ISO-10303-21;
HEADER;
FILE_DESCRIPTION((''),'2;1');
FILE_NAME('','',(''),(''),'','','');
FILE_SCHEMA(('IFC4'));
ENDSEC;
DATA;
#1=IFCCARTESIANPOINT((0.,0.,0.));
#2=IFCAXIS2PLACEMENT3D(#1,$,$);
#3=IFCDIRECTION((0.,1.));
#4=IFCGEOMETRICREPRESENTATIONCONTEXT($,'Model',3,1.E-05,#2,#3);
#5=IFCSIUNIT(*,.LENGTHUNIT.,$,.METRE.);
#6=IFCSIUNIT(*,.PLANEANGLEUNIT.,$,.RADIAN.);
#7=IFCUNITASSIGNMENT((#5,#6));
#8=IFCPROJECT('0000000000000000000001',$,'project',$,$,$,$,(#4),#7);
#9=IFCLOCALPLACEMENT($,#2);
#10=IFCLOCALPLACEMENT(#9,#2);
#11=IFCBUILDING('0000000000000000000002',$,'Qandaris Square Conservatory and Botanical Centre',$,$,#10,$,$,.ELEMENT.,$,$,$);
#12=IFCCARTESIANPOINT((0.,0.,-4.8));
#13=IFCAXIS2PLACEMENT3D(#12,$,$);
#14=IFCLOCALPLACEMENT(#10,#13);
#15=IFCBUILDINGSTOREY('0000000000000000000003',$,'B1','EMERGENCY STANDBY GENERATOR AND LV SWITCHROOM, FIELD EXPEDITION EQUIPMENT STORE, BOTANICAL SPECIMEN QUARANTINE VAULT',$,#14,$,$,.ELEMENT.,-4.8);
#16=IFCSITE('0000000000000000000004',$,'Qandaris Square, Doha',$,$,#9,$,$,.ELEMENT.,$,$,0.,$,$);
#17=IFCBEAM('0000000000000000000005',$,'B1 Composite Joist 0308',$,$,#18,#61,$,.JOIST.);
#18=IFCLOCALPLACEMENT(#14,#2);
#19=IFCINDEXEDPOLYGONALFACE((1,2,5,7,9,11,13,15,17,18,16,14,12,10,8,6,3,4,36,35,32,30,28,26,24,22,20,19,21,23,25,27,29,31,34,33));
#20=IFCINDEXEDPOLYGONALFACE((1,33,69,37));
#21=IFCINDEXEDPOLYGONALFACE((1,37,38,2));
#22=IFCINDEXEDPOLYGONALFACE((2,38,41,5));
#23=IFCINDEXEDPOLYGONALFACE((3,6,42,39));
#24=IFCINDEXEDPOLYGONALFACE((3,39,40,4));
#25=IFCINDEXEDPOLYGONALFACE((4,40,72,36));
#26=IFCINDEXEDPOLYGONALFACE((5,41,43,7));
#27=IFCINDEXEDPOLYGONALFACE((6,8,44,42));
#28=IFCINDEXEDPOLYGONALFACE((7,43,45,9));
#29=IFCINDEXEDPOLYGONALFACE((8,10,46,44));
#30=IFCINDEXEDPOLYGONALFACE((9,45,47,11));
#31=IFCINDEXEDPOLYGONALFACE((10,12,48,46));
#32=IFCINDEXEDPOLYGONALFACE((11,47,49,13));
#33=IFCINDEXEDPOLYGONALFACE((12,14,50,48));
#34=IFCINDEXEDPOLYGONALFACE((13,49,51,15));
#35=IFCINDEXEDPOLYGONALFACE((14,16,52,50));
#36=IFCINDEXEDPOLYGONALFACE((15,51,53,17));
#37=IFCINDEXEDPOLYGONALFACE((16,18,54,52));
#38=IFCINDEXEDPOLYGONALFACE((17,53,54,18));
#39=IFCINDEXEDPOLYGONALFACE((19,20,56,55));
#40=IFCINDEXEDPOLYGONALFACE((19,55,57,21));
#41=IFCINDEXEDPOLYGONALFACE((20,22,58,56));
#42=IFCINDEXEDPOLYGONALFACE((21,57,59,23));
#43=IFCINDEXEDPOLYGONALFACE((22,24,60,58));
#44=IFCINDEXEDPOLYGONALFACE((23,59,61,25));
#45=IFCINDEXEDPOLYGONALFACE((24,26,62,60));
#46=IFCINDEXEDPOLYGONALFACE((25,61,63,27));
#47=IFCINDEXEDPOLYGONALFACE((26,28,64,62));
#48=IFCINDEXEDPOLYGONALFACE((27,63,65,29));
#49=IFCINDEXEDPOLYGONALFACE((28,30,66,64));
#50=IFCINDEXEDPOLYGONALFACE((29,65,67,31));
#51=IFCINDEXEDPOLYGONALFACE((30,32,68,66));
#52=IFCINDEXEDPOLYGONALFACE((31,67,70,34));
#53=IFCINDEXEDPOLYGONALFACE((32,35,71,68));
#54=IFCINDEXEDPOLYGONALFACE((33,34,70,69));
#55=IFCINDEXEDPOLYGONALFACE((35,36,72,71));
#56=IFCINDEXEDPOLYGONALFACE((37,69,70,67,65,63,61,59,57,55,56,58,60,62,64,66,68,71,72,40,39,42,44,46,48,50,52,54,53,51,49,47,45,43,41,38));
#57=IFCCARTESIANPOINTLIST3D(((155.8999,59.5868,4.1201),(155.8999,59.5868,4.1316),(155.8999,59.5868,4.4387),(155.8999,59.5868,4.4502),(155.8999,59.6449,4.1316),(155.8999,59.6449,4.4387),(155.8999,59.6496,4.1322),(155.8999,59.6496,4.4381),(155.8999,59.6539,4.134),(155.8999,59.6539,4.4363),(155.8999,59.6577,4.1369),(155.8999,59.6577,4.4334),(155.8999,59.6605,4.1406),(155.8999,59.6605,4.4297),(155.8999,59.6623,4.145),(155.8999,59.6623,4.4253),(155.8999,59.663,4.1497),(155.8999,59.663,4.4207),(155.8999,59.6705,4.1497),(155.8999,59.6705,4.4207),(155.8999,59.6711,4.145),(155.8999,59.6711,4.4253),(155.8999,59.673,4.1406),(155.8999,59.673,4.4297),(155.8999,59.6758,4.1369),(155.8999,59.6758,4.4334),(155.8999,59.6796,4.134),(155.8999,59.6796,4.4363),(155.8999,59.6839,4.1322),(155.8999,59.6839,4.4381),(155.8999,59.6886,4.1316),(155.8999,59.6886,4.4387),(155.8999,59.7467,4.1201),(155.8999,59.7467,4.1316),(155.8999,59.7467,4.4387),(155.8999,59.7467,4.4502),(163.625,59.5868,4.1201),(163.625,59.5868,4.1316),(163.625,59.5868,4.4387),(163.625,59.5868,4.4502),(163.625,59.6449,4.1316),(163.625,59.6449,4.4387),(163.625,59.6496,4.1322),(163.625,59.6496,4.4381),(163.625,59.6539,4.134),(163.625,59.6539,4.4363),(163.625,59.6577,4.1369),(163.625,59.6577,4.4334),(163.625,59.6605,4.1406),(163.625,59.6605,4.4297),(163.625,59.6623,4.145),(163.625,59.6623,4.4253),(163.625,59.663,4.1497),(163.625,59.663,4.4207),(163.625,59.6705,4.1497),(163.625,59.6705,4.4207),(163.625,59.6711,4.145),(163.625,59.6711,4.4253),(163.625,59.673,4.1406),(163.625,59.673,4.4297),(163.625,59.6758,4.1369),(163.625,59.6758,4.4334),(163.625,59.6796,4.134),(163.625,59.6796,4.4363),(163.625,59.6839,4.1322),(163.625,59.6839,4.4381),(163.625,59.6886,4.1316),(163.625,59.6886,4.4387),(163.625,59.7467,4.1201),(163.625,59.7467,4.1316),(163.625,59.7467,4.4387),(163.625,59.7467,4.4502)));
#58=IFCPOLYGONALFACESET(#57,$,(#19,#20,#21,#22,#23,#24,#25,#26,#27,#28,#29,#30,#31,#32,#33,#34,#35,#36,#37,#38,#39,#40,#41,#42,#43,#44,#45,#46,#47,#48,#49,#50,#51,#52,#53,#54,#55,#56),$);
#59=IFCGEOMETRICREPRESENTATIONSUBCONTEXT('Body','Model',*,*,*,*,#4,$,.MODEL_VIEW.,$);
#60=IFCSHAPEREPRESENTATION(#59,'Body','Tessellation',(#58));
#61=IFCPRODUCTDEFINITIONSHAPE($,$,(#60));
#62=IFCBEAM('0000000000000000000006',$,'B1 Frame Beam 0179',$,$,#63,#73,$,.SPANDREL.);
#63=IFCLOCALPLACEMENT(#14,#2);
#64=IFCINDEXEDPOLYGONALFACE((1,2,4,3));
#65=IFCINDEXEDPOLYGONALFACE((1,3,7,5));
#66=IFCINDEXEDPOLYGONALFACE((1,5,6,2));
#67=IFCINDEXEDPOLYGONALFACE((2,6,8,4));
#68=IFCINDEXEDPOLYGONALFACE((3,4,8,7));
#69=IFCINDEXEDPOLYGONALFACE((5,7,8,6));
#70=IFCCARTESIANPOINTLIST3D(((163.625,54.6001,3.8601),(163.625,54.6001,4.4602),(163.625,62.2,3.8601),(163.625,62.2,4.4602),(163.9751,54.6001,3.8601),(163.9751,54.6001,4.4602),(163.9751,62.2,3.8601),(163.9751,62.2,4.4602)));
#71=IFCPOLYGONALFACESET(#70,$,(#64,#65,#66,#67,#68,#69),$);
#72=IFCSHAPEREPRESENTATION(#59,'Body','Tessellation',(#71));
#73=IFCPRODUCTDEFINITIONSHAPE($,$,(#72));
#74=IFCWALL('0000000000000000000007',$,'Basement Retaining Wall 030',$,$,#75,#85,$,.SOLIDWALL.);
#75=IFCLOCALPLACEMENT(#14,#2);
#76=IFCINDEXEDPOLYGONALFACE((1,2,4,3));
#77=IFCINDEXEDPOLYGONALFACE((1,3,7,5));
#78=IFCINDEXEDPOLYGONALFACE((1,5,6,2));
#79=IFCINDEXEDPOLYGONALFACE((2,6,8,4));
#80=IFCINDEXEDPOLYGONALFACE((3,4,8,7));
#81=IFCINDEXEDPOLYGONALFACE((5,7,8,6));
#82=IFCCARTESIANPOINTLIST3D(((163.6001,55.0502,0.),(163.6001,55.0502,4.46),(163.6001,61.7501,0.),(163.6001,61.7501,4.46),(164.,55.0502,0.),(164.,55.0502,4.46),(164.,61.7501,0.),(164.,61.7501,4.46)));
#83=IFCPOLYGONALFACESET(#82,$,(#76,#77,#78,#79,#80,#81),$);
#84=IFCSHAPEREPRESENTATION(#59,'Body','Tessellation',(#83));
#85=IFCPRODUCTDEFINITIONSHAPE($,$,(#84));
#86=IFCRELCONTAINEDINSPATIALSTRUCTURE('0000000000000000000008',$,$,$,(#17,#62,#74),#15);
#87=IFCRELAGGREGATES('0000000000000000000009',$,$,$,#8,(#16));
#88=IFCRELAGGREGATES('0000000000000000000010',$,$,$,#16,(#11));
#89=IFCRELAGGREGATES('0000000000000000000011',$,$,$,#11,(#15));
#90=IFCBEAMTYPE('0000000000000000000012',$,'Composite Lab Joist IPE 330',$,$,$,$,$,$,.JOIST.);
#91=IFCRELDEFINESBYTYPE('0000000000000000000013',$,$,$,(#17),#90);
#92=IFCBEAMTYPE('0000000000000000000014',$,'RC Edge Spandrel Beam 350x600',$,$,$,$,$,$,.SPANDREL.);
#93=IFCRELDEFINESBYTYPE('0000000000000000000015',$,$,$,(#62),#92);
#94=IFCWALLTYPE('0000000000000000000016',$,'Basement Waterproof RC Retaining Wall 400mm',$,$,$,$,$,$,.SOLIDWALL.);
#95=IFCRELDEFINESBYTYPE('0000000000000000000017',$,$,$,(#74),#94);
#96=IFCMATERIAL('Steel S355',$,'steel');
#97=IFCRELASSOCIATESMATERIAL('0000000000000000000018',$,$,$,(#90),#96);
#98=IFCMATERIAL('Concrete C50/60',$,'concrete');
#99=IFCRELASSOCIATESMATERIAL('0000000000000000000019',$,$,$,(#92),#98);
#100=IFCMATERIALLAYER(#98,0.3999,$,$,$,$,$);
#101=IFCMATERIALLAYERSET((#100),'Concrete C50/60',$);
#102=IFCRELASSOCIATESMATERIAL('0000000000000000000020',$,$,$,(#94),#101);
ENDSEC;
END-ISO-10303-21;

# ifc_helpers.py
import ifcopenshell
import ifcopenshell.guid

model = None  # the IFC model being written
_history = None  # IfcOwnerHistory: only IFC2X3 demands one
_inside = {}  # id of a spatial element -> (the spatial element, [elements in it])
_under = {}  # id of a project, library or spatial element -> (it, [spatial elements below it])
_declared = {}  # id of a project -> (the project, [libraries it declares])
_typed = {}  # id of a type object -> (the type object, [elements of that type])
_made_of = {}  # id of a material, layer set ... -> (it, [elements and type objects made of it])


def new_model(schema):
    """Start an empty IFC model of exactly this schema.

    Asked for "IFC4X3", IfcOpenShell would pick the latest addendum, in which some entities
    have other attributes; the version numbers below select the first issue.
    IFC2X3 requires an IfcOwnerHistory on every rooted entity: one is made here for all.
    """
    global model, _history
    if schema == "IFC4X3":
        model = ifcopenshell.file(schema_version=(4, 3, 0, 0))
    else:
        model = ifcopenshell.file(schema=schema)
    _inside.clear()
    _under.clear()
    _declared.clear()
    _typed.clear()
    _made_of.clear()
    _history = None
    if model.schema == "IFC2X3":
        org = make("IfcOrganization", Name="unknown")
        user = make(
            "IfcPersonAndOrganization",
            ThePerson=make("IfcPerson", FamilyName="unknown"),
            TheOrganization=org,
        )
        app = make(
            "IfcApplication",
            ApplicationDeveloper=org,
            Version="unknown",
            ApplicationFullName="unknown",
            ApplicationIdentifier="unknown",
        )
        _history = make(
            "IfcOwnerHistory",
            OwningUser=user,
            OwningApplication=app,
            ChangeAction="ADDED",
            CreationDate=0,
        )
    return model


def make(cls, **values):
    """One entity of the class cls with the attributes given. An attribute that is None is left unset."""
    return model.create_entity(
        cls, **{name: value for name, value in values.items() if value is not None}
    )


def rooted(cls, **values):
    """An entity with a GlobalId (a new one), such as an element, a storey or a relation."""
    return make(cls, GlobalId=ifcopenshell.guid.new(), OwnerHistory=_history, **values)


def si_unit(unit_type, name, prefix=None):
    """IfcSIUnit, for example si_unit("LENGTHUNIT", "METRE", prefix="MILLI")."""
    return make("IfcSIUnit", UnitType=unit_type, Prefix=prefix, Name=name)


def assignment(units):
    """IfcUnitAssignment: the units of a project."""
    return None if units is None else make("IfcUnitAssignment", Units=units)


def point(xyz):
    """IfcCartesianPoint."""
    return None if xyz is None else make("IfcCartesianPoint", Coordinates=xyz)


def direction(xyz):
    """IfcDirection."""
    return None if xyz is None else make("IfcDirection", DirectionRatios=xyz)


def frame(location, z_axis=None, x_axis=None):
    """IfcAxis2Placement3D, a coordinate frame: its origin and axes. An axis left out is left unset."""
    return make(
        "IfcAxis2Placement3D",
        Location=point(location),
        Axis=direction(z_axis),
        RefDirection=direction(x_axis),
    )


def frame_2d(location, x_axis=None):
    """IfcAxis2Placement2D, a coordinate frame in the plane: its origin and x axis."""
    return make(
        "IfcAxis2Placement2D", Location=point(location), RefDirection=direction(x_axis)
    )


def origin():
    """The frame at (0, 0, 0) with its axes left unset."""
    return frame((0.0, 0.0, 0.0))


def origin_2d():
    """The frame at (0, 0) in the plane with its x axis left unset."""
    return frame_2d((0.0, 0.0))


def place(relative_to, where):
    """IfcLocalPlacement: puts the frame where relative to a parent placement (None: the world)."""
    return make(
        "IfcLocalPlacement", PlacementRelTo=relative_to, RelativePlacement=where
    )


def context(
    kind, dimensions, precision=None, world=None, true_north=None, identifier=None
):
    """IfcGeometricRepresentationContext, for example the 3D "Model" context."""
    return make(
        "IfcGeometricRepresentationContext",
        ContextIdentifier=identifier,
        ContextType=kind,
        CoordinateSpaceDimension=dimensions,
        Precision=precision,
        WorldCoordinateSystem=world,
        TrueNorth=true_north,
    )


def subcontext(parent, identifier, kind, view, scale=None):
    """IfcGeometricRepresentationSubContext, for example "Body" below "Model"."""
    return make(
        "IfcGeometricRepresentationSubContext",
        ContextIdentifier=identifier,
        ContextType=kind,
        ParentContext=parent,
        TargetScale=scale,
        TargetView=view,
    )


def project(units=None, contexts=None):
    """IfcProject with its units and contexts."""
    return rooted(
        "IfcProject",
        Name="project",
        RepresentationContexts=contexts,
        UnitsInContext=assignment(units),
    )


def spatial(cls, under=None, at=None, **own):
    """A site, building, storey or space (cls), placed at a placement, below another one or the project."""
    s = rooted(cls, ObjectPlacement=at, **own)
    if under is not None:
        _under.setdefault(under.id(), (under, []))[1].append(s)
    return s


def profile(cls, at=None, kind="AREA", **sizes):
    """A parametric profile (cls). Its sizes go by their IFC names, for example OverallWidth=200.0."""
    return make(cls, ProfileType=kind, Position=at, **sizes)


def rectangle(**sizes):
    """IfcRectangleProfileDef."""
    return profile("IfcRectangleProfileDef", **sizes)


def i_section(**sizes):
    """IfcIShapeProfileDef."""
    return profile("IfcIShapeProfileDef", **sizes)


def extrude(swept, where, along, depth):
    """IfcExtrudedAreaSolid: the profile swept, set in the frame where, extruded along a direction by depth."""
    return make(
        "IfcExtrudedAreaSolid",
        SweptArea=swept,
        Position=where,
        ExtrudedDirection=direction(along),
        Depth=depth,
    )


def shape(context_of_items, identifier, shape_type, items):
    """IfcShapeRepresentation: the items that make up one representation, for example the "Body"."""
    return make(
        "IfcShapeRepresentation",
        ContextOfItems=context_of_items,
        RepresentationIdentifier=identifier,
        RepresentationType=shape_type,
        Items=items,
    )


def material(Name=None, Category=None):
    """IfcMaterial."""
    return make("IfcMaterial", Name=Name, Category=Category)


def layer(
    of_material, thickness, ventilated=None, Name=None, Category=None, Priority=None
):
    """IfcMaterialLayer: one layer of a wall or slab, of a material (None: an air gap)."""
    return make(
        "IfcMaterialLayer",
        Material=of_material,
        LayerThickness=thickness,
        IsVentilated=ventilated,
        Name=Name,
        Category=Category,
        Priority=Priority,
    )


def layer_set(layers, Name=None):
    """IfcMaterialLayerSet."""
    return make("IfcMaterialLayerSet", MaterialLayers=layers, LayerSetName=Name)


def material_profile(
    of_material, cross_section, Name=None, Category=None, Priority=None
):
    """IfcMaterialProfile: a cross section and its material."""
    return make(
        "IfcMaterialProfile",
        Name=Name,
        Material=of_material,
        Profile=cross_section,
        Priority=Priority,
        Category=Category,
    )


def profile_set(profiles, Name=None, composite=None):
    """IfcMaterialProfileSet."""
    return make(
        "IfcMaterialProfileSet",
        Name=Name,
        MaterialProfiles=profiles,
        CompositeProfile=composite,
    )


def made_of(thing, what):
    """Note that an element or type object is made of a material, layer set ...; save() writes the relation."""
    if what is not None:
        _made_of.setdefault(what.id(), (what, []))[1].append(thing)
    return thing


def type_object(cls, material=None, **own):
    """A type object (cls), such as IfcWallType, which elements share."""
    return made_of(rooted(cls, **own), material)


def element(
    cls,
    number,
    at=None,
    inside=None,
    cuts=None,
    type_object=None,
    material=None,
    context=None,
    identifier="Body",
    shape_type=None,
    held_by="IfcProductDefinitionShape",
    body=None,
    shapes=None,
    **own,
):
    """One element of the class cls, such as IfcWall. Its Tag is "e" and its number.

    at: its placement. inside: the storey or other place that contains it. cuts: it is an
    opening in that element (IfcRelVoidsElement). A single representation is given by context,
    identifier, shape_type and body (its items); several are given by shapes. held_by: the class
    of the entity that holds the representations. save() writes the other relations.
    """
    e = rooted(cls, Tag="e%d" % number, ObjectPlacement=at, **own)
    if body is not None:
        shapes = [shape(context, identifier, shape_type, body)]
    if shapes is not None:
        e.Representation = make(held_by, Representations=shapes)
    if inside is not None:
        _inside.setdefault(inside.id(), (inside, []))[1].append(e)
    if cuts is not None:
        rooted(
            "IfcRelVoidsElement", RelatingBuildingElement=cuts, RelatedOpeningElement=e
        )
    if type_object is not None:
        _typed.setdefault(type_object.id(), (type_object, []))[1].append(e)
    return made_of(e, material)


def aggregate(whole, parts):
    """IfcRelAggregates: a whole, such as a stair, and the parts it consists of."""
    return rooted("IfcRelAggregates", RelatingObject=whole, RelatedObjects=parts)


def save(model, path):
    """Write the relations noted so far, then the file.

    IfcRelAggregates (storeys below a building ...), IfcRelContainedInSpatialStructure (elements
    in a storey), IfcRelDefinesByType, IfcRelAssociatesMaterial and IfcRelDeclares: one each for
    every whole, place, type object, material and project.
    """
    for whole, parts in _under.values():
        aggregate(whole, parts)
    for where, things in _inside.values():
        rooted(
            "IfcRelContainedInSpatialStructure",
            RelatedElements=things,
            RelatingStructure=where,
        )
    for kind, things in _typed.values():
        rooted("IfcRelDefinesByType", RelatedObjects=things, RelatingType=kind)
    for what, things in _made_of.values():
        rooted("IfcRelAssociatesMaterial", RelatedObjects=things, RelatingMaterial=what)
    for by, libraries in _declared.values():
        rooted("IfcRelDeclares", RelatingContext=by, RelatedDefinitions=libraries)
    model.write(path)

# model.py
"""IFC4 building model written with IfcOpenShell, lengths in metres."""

from ifc_helpers import new_model, si_unit, direction, frame, frame_2d, origin, origin_2d, place, context, subcontext, project, spatial, rectangle, i_section, extrude, material, layer, layer_set, material_profile, profile_set, type_object, element, save


model = new_model("IFC4")

# Units and contexts
model_context = context("Model", 3, precision=1e-05, world=origin(), true_north=direction((0.0, 1.0)))
body_context = subcontext(model_context, "Body", "Model", "MODEL_VIEW")
ifc_project = project(units=[si_unit("LENGTHUNIT", "METRE"), si_unit("PLANEANGLEUNIT", "RADIAN")], contexts=[model_context])

# Site, building, storey
site_placement = place(None, origin())
site = spatial("IfcSite", under=ifc_project, at=site_placement, Name="Qandaris Square, Doha", CompositionType="ELEMENT", RefElevation=0.0)
building_placement = place(site_placement, origin())
building = spatial("IfcBuilding", under=site, at=building_placement, Name="Qandaris Square Conservatory and Botanical Centre", CompositionType="ELEMENT")
storey_placement = place(building_placement, frame((0.0, 0.0, -4.8)))
storey = spatial("IfcBuildingStorey", under=building, at=storey_placement, Name="B1", Description="EMERGENCY STANDBY GENERATOR AND LV SWITCHROOM, FIELD EXPEDITION EQUIPMENT STORE, BOTANICAL SPECIMEN QUARANTINE VAULT", CompositionType="ELEMENT", Elevation=-4.8)

# Shared definitions
ifc_material_1 = material(Name="Concrete C50/60", Category="concrete")

# Beams
ifc_material_2 = material(Name="Steel S355", Category="steel")
ifc_material_profile_1 = material_profile(ifc_material_2, i_section(OverallWidth=0.1599, OverallDepth=0.3301, WebThickness=0.0076, FlangeThickness=0.0115, FilletRadius=0.0181, at=origin_2d()), Name="IPE 330")
ifc_profile_set_1 = profile_set([ifc_material_profile_1], Name="Steel S355")
beam_type_1 = type_object("IfcBeamType", Name="Composite Lab Joist IPE 330", PredefinedType="JOIST", material=ifc_profile_set_1)
beam_1_placement = place(storey_placement, frame((155.8999, 59.6667, 4.2852), z_axis=(1.0, 0.0, 0.0), x_axis=(0.0, 1.0, 0.0)))
element("IfcBeam", 1, at=beam_1_placement, inside=storey, type_object=beam_type_1, Name="B1 Composite Joist 0308", PredefinedType="JOIST", context=body_context, shape_type="SweptSolid", body=[
    extrude(i_section(OverallWidth=0.1599, OverallDepth=0.3301, WebThickness=0.0076, FlangeThickness=0.0115, FilletRadius=0.0181, at=origin_2d()), origin(), (0.0, 0.0, 1.0), 7.7251),
])
ifc_material_profile_2 = material_profile(ifc_material_1, rectangle(XDim=0.3501, YDim=0.6001, at=origin_2d()), Name="RC-SP 350x600")
ifc_profile_set_2 = profile_set([ifc_material_profile_2], Name="Concrete C50/60")
beam_type_2 = type_object("IfcBeamType", Name="RC Edge Spandrel Beam 350x600", PredefinedType="SPANDREL", material=ifc_profile_set_2)
beam_2_placement = place(storey_placement, frame((163.8, 54.6001, 4.1602), z_axis=(0.0, 1.0, 0.0), x_axis=(-1.0, 0.0, 0.0)))
element("IfcBeam", 2, at=beam_2_placement, inside=storey, type_object=beam_type_2, Name="B1 Frame Beam 0179", PredefinedType="SPANDREL", context=body_context, shape_type="SweptSolid", body=[
    extrude(rectangle(XDim=0.3501, YDim=0.6001, at=origin_2d()), origin(), (0.0, 0.0, 1.0), 7.5999),
])

# Wall
ifc_layer = layer(ifc_material_1, 0.3999)
ifc_layer_set = layer_set([ifc_layer], Name="Concrete C50/60")
wall_type = type_object("IfcWallType", Name="Basement Waterproof RC Retaining Wall 400mm", PredefinedType="SOLIDWALL", material=ifc_layer_set)
wall_placement = place(storey_placement, frame((163.8, 55.05, 0.0), z_axis=(0.0, 0.0, 1.0), x_axis=(0.0, 1.0, 0.0)))
element("IfcWall", 3, at=wall_placement, inside=storey, type_object=wall_type, Name="Basement Retaining Wall 030", PredefinedType="SOLIDWALL", context=body_context, shape_type="SweptSolid", body=[
    extrude(rectangle(XDim=6.7, YDim=0.3999, at=frame_2d((3.3501, 0.0))), origin(), (0.0, 0.0, 1.0), 4.46),
])

save(model, "model.ifc")
